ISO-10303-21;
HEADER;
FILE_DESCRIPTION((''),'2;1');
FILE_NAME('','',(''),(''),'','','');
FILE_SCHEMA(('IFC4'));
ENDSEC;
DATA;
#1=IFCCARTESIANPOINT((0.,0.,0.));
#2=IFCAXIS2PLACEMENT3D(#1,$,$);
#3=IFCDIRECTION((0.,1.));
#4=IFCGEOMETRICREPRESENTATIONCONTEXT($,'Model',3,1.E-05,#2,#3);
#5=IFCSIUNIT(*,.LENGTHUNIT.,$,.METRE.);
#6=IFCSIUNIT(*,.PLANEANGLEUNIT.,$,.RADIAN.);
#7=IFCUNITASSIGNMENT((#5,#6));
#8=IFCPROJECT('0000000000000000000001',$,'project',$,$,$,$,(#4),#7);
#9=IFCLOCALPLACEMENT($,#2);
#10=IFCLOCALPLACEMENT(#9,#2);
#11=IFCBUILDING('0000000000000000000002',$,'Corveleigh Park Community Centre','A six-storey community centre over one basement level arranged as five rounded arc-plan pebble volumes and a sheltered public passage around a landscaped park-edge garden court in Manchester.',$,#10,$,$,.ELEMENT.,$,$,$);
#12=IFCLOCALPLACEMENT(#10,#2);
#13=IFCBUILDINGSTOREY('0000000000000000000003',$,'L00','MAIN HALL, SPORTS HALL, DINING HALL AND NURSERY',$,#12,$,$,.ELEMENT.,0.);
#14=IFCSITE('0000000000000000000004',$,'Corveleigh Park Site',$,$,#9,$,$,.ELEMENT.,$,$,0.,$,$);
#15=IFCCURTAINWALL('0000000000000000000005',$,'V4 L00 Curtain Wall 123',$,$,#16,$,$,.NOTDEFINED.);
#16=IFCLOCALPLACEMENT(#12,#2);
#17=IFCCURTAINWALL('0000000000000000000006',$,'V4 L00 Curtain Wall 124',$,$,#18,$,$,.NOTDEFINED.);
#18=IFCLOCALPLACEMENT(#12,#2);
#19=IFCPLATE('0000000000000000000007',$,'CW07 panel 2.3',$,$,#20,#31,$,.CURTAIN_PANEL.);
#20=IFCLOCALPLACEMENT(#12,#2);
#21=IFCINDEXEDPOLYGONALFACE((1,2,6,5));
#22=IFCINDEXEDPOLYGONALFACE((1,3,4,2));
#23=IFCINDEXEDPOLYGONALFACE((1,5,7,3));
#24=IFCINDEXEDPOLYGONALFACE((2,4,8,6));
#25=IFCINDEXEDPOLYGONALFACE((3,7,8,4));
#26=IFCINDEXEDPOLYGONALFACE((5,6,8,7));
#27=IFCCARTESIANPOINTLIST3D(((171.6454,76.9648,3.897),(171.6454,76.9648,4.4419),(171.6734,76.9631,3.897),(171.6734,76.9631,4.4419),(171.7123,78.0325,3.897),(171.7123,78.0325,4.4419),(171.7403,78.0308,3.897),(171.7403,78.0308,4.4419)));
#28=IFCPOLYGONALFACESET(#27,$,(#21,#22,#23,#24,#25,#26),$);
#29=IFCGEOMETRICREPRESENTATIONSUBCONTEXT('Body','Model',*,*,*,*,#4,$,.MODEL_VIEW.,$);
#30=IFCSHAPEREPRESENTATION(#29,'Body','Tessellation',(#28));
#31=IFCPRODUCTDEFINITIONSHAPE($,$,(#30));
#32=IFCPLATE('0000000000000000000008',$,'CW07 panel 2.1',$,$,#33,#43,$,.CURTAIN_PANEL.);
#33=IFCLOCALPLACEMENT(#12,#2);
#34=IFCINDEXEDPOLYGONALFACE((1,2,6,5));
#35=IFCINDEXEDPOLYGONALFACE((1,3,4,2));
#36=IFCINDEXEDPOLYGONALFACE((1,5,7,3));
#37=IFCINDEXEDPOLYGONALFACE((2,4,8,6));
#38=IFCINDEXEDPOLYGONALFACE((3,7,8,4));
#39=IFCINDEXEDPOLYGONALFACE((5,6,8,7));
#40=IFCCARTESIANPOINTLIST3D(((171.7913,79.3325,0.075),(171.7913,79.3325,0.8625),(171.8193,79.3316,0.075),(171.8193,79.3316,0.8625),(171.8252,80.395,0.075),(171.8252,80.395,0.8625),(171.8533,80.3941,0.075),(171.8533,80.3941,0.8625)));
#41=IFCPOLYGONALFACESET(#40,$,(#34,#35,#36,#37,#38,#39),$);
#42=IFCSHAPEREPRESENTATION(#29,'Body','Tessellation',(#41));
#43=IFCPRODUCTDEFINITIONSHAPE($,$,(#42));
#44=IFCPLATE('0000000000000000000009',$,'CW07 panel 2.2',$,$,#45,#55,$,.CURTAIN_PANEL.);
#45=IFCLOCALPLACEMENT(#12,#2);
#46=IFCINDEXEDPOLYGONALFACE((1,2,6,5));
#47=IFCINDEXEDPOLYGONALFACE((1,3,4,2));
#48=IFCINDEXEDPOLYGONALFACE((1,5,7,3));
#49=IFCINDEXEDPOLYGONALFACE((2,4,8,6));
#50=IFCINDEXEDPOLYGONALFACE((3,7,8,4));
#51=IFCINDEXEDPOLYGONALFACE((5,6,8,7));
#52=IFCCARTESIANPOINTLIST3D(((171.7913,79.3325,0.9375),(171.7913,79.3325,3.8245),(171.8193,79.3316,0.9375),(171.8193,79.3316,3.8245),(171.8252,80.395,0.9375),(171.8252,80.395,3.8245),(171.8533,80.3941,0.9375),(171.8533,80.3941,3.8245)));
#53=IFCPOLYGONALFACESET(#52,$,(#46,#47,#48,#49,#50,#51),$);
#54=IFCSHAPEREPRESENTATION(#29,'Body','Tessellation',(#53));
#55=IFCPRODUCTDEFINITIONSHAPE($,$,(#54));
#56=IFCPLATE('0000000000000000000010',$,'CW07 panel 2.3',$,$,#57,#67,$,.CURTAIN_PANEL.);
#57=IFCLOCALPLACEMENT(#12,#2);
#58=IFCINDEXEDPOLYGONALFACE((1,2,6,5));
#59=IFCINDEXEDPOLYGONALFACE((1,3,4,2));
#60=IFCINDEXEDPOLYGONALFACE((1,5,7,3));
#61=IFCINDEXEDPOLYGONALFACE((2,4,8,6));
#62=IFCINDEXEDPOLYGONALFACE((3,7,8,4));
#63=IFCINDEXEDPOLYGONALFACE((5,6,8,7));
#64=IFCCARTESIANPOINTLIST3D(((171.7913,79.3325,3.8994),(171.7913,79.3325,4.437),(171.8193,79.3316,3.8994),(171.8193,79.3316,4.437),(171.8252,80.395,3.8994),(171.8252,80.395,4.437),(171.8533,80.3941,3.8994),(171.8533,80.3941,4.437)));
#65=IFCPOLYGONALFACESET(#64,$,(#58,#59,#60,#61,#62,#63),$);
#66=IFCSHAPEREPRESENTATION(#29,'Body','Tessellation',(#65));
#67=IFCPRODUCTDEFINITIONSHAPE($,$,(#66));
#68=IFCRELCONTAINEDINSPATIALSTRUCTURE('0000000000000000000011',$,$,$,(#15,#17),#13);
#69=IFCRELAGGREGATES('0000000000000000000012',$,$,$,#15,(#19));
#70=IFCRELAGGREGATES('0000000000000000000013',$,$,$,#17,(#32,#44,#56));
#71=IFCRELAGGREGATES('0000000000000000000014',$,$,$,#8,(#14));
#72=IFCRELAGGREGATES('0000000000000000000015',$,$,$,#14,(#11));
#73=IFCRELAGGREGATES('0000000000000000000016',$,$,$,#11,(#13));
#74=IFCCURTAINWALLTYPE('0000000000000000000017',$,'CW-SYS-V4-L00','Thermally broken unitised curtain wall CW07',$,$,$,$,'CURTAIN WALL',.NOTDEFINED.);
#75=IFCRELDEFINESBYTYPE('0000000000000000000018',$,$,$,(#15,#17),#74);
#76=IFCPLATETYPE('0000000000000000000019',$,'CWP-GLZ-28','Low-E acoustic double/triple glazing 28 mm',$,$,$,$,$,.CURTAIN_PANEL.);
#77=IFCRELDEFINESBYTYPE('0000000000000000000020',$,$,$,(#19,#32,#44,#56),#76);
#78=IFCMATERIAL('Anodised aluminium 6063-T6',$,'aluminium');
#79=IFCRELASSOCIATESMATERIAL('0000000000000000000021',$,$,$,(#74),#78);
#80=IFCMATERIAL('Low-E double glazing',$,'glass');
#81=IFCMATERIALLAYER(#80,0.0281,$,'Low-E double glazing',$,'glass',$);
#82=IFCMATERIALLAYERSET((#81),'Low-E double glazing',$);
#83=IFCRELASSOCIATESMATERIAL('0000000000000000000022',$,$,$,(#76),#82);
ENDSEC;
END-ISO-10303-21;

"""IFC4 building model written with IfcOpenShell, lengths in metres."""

from ifc_helpers import new_model, si_unit, direction, frame, origin, origin_2d, place, context, subcontext, project, spatial, rectangle, extrude, material, layer, layer_set, type_object, element, aggregate, save


model = new_model("IFC4")

# Units and contexts
model_context = context("Model", 3, precision=1e-05, world=origin(), true_north=direction((0.0, 1.0)))
body_context = subcontext(model_context, "Body", "Model", "MODEL_VIEW")
ifc_project = project(units=[si_unit("LENGTHUNIT", "METRE"), si_unit("PLANEANGLEUNIT", "RADIAN")], contexts=[model_context])

# Site, building, storey
site_placement = place(None, origin())
site = spatial("IfcSite", under=ifc_project, at=site_placement, Name="Corveleigh Park Site", CompositionType="ELEMENT", RefElevation=0.0)
building_placement = place(site_placement, origin())
building = spatial("IfcBuilding", under=site, at=building_placement, Name="Corveleigh Park Community Centre", Description="A six-storey community centre over one basement level arranged as five rounded arc-plan pebble volumes and a sheltered public passage around a landscaped park-edge garden court in Manchester.", CompositionType="ELEMENT")
storey_placement = place(building_placement, origin())
storey = spatial("IfcBuildingStorey", under=building, at=storey_placement, Name="L00", Description="MAIN HALL, SPORTS HALL, DINING HALL AND NURSERY", CompositionType="ELEMENT", Elevation=0.0)

# Shared definitions
ifc_material_1 = material(Name="Anodised aluminium 6063-T6", Category="aluminium")
curtain_wall_type = type_object("IfcCurtainWallType", Name="CW-SYS-V4-L00", Description="Thermally broken unitised curtain wall CW07", ElementType="CURTAIN WALL", PredefinedType="NOTDEFINED", material=ifc_material_1)

# Curtain wall
curtain_wall_1_placement = place(storey_placement, origin())
curtain_wall_1 = element("IfcCurtainWall", 1, at=curtain_wall_1_placement, inside=storey, type_object=curtain_wall_type, Name="V4 L00 Curtain Wall 123", PredefinedType="NOTDEFINED")

# Curtain wall
curtain_wall_2_placement = place(storey_placement, origin())
curtain_wall_2 = element("IfcCurtainWall", 2, at=curtain_wall_2_placement, inside=storey, type_object=curtain_wall_type, Name="V4 L00 Curtain Wall 124", PredefinedType="NOTDEFINED")

# Plates
ifc_material_2 = material(Name="Low-E double glazing", Category="glass")
ifc_layer_1 = layer(ifc_material_2, 0.0281, Name="Low-E double glazing", Category="glass")
ifc_layer_set_1 = layer_set([ifc_layer_1], Name="Low-E double glazing")
plate_type_1 = type_object("IfcPlateType", Name="CWP-GLZ-28", Description="Low-E acoustic double/triple glazing 28 mm", PredefinedType="CURTAIN_PANEL", material=ifc_layer_set_1)
plate_1_placement = place(storey_placement, frame((171.6929, 77.4978, 3.897), z_axis=(0.0, 0.0, 1.0), x_axis=(-0.062564, -0.998041, 0.0)))
plate_1 = element("IfcPlate", 3, at=plate_1_placement, type_object=plate_type_1, Name="CW07 panel 2.3", PredefinedType="CURTAIN_PANEL", context=body_context, shape_type="SweptSolid", body=[
    extrude(rectangle(XDim=1.0698, YDim=0.0281, at=origin_2d()), origin(), (0.0, 0.0, 1.0), 0.5449),
])
aggregate(curtain_wall_1, [plate_1])
plate_2_placement = place(storey_placement, frame((171.8223, 79.8633, 0.075), z_axis=(0.0, 0.0, 1.0), x_axis=(-0.031899, -0.999491, 0.0)))
plate_2 = element("IfcPlate", 4, at=plate_2_placement, type_object=plate_type_1, Name="CW07 panel 2.1", PredefinedType="CURTAIN_PANEL", context=body_context, shape_type="SweptSolid", body=[
    extrude(rectangle(XDim=1.063, YDim=0.0281, at=origin_2d()), origin(), (0.0, 0.0, 1.0), 0.7876),
])
plate_3_placement = place(storey_placement, frame((171.8223, 79.8633, 0.9375), z_axis=(0.0, 0.0, 1.0), x_axis=(-0.031899, -0.999491, 0.0)))
plate_3 = element("IfcPlate", 5, at=plate_3_placement, type_object=plate_type_1, Name="CW07 panel 2.2", PredefinedType="CURTAIN_PANEL", context=body_context, shape_type="SweptSolid", body=[
    extrude(rectangle(XDim=1.063, YDim=0.0281, at=origin_2d()), origin(), (0.0, 0.0, 1.0), 2.887),
])
plate_4_placement = place(storey_placement, frame((171.8223, 79.8633, 3.8994), z_axis=(0.0, 0.0, 1.0), x_axis=(-0.031899, -0.999491, 0.0)))
plate_4 = element("IfcPlate", 6, at=plate_4_placement, type_object=plate_type_1, Name="CW07 panel 2.3", PredefinedType="CURTAIN_PANEL", context=body_context, shape_type="SweptSolid", body=[
    extrude(rectangle(XDim=1.063, YDim=0.0281, at=origin_2d()), origin(), (0.0, 0.0, 1.0), 0.5376),
])
aggregate(curtain_wall_2, [plate_2, plate_3, plate_4])

save(model, "model.ifc")
